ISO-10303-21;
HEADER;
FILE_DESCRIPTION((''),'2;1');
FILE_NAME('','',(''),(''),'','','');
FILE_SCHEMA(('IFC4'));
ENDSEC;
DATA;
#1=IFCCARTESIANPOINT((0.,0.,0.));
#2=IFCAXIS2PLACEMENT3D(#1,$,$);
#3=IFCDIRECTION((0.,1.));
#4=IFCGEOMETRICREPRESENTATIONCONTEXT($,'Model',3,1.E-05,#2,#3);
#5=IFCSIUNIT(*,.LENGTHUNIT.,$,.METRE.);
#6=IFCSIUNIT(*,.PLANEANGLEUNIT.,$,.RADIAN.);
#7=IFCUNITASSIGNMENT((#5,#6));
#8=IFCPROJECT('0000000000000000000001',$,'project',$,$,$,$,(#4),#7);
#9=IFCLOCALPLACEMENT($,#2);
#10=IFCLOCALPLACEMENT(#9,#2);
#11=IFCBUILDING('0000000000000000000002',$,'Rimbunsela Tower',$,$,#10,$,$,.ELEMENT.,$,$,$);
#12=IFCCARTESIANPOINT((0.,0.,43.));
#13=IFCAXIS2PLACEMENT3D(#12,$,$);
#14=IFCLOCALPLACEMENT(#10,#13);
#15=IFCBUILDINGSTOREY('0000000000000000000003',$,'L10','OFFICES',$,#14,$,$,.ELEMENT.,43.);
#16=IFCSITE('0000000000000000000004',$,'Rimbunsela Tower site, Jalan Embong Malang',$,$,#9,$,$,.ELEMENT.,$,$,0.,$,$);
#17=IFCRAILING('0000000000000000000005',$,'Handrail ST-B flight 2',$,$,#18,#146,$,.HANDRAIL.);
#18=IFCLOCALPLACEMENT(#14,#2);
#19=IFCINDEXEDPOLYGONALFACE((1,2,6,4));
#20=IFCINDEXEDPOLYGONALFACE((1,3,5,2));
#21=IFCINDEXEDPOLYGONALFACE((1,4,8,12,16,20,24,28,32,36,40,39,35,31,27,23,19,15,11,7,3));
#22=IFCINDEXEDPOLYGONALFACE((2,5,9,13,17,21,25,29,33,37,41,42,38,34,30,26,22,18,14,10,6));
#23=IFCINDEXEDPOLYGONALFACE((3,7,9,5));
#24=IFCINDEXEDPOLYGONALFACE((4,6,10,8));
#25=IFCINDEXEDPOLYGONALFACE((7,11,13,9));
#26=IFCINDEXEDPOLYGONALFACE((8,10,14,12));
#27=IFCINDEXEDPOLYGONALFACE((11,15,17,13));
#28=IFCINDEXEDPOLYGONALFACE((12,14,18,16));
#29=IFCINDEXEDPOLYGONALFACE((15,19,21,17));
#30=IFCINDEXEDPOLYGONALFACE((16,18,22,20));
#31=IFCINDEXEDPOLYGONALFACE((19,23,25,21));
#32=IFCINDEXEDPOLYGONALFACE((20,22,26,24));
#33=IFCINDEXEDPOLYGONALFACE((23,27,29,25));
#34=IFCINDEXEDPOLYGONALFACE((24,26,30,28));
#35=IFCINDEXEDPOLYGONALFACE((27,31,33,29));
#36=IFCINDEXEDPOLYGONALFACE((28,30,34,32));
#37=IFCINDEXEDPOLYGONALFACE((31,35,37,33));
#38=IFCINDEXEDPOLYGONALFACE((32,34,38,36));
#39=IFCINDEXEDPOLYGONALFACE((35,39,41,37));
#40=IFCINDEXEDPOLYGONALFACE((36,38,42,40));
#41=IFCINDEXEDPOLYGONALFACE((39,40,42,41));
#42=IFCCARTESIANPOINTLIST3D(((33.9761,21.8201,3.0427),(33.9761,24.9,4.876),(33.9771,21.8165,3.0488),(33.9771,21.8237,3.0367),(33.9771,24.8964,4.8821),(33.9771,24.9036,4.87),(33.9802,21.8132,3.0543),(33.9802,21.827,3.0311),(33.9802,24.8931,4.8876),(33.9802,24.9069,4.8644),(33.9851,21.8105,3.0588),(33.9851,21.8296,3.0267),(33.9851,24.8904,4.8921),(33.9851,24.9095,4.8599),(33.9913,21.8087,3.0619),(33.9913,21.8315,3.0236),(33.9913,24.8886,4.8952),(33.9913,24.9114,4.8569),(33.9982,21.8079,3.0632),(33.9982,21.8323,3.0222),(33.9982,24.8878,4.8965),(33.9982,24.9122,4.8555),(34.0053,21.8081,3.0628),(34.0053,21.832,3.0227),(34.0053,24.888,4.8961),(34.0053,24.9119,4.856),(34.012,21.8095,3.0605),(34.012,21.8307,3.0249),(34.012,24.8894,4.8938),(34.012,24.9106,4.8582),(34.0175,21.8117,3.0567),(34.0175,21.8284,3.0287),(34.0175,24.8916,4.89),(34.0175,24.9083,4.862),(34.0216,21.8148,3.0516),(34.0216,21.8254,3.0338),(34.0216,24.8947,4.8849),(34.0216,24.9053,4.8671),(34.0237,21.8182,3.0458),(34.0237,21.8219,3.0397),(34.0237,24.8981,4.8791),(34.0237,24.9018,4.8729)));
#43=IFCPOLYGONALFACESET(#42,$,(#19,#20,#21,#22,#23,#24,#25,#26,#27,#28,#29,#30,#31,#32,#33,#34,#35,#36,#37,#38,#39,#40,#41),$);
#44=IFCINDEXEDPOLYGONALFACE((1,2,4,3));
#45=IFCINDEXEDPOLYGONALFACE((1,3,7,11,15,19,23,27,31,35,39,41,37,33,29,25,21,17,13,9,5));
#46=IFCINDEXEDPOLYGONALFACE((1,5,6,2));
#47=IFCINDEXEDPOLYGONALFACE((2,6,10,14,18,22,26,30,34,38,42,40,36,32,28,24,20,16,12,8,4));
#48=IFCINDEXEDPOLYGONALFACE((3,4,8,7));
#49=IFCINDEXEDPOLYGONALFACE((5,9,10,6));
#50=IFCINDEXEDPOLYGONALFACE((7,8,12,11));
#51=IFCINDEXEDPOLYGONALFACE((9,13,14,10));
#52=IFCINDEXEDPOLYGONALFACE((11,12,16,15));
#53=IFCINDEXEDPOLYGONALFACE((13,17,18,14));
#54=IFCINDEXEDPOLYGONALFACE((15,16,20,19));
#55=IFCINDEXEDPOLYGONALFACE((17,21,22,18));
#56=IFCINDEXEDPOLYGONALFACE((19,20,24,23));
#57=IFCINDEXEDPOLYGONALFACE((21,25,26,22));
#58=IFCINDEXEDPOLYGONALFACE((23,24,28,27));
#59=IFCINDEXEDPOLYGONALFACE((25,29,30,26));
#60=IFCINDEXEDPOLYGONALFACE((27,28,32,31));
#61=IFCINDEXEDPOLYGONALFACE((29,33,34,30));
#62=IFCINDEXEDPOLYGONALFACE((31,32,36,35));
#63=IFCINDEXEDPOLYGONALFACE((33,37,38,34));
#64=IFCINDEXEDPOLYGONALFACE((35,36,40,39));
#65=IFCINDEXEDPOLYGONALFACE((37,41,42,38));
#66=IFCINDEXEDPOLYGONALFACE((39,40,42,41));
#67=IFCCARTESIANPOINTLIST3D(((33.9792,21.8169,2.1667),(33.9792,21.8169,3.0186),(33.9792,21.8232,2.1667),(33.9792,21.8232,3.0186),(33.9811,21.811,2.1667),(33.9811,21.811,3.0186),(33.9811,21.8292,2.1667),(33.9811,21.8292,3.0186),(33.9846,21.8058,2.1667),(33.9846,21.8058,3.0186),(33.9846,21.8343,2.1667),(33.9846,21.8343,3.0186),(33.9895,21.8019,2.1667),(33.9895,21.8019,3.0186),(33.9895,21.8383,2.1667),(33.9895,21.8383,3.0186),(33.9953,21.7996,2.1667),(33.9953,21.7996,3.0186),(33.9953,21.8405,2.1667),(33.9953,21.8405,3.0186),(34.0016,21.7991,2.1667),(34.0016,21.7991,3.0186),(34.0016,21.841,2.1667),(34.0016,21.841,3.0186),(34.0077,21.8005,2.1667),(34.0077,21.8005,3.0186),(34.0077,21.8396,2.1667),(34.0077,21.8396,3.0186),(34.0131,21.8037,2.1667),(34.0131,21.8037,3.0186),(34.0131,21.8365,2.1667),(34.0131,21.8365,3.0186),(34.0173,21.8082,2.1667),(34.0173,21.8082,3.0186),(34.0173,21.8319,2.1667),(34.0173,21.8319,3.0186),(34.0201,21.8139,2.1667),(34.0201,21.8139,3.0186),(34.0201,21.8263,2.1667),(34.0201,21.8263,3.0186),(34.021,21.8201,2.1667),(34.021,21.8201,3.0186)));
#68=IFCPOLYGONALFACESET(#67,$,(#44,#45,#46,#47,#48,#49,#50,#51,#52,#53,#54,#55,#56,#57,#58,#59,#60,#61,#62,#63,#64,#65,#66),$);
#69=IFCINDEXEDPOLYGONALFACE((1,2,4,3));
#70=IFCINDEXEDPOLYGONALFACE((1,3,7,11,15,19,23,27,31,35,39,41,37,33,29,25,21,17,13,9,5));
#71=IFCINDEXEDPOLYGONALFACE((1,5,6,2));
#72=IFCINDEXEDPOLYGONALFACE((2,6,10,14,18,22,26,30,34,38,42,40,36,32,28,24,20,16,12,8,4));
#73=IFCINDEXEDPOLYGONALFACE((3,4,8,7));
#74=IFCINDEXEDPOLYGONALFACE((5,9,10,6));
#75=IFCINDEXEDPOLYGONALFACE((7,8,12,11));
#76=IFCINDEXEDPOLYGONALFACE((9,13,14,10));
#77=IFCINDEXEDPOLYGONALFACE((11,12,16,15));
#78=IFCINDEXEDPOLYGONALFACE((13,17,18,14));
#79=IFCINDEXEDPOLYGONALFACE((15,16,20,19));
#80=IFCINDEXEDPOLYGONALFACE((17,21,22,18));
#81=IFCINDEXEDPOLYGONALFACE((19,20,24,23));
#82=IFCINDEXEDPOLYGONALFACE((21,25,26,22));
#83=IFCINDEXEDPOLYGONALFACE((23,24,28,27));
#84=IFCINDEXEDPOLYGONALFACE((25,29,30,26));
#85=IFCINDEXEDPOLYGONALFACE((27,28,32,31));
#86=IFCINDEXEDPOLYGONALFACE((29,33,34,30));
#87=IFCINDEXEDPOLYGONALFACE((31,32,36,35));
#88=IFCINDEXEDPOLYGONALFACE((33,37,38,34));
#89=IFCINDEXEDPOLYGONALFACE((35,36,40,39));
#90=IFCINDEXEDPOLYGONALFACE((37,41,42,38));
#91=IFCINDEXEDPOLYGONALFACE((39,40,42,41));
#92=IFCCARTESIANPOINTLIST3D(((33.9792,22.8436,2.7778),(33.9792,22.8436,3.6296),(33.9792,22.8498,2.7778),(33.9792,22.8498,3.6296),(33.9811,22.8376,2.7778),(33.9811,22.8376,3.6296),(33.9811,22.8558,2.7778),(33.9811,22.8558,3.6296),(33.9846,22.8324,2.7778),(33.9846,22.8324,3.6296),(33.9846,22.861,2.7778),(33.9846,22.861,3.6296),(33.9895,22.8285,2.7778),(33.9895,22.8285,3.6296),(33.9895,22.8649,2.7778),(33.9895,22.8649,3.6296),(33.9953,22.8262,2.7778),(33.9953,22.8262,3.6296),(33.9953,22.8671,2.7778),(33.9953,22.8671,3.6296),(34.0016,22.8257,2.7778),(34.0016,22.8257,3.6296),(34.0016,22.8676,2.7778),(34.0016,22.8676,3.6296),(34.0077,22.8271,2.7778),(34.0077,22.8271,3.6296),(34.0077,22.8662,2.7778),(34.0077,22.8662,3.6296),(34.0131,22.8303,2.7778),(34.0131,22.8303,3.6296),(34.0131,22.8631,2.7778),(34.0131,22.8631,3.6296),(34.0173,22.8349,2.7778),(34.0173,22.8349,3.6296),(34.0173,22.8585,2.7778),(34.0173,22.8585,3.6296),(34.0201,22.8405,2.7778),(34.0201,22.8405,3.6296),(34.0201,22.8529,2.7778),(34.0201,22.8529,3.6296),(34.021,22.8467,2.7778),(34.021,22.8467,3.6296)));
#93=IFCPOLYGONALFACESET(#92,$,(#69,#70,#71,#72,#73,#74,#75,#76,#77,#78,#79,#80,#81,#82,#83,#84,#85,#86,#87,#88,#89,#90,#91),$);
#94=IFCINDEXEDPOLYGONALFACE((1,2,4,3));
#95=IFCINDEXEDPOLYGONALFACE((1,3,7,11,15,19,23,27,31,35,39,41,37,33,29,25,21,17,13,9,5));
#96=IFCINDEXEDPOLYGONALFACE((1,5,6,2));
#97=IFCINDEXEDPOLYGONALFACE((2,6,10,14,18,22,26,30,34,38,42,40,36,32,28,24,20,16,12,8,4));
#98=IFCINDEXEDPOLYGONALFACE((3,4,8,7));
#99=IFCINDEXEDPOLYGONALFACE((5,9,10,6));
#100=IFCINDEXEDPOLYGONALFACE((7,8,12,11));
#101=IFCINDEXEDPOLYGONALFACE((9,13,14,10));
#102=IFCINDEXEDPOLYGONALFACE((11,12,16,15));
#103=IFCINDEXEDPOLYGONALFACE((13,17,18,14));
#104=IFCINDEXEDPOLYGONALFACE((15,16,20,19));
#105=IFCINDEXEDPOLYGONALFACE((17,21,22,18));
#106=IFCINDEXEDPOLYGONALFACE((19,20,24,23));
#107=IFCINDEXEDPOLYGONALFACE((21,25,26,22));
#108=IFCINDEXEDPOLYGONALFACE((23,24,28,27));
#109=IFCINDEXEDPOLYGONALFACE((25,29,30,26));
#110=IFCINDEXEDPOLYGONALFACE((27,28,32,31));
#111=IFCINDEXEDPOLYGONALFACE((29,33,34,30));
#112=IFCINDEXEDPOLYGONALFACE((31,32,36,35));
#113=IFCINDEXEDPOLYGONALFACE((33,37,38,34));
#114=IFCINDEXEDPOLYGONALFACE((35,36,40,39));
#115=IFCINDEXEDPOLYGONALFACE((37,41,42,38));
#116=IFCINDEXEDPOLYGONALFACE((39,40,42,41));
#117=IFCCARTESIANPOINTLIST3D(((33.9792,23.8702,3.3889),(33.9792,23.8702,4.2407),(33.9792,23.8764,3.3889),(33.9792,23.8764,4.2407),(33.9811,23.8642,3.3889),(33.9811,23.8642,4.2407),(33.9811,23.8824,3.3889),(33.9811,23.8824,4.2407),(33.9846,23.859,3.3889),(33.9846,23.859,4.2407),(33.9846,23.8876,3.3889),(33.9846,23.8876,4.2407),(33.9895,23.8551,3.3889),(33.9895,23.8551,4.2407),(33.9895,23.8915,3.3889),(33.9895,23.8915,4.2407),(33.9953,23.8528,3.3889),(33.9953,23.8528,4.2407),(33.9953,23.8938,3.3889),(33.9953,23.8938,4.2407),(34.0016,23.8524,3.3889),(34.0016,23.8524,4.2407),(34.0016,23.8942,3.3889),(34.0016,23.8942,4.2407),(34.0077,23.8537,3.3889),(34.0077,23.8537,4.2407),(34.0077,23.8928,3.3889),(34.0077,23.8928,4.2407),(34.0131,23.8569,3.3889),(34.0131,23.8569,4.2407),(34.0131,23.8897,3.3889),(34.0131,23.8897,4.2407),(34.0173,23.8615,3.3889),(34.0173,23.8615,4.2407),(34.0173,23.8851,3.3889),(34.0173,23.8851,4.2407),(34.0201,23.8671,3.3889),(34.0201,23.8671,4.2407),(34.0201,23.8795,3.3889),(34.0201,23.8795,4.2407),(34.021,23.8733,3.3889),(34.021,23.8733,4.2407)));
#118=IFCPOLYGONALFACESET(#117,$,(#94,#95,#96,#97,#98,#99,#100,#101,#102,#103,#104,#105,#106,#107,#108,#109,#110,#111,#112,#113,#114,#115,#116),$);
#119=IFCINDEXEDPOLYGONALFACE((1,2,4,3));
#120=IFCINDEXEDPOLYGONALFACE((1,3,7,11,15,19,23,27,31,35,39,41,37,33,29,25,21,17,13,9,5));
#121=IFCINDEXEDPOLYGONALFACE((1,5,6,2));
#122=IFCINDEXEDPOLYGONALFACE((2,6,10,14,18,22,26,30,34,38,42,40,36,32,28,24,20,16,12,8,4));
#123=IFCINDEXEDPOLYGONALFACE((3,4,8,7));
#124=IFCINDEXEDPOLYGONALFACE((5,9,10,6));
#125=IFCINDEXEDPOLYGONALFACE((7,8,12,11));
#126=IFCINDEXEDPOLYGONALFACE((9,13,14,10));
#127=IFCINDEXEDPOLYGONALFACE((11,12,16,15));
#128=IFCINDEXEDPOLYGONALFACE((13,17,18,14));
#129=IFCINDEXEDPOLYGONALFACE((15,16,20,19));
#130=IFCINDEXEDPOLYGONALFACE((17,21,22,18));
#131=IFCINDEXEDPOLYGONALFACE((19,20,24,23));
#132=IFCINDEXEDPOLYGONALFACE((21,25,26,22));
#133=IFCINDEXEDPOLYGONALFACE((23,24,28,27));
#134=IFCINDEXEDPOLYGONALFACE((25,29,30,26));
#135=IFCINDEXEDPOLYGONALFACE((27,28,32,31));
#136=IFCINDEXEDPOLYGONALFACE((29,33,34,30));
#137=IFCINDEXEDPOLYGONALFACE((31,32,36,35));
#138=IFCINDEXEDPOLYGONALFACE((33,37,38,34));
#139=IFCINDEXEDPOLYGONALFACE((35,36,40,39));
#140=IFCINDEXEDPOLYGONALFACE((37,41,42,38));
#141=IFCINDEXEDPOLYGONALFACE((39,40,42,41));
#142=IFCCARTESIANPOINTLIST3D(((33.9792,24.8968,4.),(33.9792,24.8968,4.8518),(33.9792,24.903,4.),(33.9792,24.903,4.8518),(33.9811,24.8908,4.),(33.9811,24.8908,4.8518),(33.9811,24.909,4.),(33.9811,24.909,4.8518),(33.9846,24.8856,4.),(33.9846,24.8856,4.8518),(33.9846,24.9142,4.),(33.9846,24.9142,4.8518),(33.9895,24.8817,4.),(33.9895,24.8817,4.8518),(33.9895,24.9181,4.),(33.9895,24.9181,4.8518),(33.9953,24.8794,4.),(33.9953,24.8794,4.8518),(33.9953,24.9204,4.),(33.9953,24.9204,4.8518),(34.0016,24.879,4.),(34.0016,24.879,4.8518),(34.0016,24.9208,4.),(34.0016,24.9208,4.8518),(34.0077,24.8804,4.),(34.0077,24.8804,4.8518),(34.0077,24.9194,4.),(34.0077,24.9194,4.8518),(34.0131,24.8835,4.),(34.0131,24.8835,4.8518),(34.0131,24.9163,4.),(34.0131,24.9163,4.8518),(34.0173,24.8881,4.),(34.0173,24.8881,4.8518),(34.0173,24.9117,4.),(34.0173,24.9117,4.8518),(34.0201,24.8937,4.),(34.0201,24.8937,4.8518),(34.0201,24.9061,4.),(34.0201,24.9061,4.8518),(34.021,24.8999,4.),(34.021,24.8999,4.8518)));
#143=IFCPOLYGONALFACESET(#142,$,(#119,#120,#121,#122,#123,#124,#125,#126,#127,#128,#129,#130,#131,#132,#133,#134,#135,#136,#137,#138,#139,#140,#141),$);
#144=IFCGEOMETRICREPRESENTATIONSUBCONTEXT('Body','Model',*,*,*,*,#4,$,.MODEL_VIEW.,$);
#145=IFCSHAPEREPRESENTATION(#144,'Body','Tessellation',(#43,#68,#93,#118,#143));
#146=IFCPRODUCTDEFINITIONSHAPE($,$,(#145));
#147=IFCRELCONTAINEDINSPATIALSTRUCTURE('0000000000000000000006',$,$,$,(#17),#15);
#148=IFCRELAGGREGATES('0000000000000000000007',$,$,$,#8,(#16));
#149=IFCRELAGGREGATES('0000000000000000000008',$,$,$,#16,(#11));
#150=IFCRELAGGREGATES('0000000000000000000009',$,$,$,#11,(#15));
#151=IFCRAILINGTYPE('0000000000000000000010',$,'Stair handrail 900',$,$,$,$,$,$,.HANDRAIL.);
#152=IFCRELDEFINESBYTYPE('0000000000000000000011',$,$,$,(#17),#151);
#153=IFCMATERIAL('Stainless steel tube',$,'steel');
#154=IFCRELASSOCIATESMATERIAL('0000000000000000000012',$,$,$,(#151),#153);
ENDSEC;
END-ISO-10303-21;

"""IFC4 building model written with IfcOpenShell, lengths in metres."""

from ifc_helpers import new_model, si_unit, direction, frame, origin, origin_2d, place, context, subcontext, project, spatial, circle, extrude, material, type_object, element, save


model = new_model("IFC4")

# Units and contexts
model_context = context("Model", 3, precision=1e-05, world=origin(), true_north=direction((0.0, 1.0)))
body_context = subcontext(model_context, "Body", "Model", "MODEL_VIEW")
ifc_project = project(units=[si_unit("LENGTHUNIT", "METRE"), si_unit("PLANEANGLEUNIT", "RADIAN")], contexts=[model_context])

# Site, building, storey
site_placement = place(None, origin())
site = spatial("IfcSite", under=ifc_project, at=site_placement, Name="Rimbunsela Tower site, Jalan Embong Malang", CompositionType="ELEMENT", RefElevation=0.0)
building_placement = place(site_placement, origin())
building = spatial("IfcBuilding", under=site, at=building_placement, Name="Rimbunsela Tower", CompositionType="ELEMENT")
storey_placement = place(building_placement, frame((0.0, 0.0, 43.0)))
storey = spatial("IfcBuildingStorey", under=building, at=storey_placement, Name="L10", Description="OFFICES", CompositionType="ELEMENT", Elevation=43.0)

# Railing
ifc_material_1 = material(Name="Stainless steel tube", Category="steel")
railing_type = type_object("IfcRailingType", Name="Stair handrail 900", PredefinedType="HANDRAIL", material=ifc_material_1)
railing_1_placement = place(storey_placement, frame((34.0, 21.8201, 2.1667)))
element("IfcRailing", 1, at=railing_1_placement, inside=storey, type_object=railing_type, Name="Handrail ST-B flight 2", PredefinedType="HANDRAIL", context=body_context, shape_type="SweptSolid", body=[
    extrude(circle(Radius=0.0239, at=origin_2d()), frame((0.0, 0.0, 0.876), z_axis=(0.0, 0.859291, 0.511487), x_axis=(-1.0, 0.0, 0.0)), (0.0, 0.0, 1.0), 3.5842),
    extrude(circle(Radius=0.021, at=origin_2d()), origin(), (0.0, 0.0, 1.0), 0.8518),
    extrude(circle(Radius=0.021, at=origin_2d()), frame((0.0, 1.0266, 0.6111)), (0.0, 0.0, 1.0), 0.8518),
    extrude(circle(Radius=0.021, at=origin_2d()), frame((0.0, 2.0532, 1.2222)), (0.0, 0.0, 1.0), 0.8518),
    extrude(circle(Radius=0.021, at=origin_2d()), frame((0.0, 3.0798, 1.8333)), (0.0, 0.0, 1.0), 0.8518),
])

save(model, "model.ifc")
